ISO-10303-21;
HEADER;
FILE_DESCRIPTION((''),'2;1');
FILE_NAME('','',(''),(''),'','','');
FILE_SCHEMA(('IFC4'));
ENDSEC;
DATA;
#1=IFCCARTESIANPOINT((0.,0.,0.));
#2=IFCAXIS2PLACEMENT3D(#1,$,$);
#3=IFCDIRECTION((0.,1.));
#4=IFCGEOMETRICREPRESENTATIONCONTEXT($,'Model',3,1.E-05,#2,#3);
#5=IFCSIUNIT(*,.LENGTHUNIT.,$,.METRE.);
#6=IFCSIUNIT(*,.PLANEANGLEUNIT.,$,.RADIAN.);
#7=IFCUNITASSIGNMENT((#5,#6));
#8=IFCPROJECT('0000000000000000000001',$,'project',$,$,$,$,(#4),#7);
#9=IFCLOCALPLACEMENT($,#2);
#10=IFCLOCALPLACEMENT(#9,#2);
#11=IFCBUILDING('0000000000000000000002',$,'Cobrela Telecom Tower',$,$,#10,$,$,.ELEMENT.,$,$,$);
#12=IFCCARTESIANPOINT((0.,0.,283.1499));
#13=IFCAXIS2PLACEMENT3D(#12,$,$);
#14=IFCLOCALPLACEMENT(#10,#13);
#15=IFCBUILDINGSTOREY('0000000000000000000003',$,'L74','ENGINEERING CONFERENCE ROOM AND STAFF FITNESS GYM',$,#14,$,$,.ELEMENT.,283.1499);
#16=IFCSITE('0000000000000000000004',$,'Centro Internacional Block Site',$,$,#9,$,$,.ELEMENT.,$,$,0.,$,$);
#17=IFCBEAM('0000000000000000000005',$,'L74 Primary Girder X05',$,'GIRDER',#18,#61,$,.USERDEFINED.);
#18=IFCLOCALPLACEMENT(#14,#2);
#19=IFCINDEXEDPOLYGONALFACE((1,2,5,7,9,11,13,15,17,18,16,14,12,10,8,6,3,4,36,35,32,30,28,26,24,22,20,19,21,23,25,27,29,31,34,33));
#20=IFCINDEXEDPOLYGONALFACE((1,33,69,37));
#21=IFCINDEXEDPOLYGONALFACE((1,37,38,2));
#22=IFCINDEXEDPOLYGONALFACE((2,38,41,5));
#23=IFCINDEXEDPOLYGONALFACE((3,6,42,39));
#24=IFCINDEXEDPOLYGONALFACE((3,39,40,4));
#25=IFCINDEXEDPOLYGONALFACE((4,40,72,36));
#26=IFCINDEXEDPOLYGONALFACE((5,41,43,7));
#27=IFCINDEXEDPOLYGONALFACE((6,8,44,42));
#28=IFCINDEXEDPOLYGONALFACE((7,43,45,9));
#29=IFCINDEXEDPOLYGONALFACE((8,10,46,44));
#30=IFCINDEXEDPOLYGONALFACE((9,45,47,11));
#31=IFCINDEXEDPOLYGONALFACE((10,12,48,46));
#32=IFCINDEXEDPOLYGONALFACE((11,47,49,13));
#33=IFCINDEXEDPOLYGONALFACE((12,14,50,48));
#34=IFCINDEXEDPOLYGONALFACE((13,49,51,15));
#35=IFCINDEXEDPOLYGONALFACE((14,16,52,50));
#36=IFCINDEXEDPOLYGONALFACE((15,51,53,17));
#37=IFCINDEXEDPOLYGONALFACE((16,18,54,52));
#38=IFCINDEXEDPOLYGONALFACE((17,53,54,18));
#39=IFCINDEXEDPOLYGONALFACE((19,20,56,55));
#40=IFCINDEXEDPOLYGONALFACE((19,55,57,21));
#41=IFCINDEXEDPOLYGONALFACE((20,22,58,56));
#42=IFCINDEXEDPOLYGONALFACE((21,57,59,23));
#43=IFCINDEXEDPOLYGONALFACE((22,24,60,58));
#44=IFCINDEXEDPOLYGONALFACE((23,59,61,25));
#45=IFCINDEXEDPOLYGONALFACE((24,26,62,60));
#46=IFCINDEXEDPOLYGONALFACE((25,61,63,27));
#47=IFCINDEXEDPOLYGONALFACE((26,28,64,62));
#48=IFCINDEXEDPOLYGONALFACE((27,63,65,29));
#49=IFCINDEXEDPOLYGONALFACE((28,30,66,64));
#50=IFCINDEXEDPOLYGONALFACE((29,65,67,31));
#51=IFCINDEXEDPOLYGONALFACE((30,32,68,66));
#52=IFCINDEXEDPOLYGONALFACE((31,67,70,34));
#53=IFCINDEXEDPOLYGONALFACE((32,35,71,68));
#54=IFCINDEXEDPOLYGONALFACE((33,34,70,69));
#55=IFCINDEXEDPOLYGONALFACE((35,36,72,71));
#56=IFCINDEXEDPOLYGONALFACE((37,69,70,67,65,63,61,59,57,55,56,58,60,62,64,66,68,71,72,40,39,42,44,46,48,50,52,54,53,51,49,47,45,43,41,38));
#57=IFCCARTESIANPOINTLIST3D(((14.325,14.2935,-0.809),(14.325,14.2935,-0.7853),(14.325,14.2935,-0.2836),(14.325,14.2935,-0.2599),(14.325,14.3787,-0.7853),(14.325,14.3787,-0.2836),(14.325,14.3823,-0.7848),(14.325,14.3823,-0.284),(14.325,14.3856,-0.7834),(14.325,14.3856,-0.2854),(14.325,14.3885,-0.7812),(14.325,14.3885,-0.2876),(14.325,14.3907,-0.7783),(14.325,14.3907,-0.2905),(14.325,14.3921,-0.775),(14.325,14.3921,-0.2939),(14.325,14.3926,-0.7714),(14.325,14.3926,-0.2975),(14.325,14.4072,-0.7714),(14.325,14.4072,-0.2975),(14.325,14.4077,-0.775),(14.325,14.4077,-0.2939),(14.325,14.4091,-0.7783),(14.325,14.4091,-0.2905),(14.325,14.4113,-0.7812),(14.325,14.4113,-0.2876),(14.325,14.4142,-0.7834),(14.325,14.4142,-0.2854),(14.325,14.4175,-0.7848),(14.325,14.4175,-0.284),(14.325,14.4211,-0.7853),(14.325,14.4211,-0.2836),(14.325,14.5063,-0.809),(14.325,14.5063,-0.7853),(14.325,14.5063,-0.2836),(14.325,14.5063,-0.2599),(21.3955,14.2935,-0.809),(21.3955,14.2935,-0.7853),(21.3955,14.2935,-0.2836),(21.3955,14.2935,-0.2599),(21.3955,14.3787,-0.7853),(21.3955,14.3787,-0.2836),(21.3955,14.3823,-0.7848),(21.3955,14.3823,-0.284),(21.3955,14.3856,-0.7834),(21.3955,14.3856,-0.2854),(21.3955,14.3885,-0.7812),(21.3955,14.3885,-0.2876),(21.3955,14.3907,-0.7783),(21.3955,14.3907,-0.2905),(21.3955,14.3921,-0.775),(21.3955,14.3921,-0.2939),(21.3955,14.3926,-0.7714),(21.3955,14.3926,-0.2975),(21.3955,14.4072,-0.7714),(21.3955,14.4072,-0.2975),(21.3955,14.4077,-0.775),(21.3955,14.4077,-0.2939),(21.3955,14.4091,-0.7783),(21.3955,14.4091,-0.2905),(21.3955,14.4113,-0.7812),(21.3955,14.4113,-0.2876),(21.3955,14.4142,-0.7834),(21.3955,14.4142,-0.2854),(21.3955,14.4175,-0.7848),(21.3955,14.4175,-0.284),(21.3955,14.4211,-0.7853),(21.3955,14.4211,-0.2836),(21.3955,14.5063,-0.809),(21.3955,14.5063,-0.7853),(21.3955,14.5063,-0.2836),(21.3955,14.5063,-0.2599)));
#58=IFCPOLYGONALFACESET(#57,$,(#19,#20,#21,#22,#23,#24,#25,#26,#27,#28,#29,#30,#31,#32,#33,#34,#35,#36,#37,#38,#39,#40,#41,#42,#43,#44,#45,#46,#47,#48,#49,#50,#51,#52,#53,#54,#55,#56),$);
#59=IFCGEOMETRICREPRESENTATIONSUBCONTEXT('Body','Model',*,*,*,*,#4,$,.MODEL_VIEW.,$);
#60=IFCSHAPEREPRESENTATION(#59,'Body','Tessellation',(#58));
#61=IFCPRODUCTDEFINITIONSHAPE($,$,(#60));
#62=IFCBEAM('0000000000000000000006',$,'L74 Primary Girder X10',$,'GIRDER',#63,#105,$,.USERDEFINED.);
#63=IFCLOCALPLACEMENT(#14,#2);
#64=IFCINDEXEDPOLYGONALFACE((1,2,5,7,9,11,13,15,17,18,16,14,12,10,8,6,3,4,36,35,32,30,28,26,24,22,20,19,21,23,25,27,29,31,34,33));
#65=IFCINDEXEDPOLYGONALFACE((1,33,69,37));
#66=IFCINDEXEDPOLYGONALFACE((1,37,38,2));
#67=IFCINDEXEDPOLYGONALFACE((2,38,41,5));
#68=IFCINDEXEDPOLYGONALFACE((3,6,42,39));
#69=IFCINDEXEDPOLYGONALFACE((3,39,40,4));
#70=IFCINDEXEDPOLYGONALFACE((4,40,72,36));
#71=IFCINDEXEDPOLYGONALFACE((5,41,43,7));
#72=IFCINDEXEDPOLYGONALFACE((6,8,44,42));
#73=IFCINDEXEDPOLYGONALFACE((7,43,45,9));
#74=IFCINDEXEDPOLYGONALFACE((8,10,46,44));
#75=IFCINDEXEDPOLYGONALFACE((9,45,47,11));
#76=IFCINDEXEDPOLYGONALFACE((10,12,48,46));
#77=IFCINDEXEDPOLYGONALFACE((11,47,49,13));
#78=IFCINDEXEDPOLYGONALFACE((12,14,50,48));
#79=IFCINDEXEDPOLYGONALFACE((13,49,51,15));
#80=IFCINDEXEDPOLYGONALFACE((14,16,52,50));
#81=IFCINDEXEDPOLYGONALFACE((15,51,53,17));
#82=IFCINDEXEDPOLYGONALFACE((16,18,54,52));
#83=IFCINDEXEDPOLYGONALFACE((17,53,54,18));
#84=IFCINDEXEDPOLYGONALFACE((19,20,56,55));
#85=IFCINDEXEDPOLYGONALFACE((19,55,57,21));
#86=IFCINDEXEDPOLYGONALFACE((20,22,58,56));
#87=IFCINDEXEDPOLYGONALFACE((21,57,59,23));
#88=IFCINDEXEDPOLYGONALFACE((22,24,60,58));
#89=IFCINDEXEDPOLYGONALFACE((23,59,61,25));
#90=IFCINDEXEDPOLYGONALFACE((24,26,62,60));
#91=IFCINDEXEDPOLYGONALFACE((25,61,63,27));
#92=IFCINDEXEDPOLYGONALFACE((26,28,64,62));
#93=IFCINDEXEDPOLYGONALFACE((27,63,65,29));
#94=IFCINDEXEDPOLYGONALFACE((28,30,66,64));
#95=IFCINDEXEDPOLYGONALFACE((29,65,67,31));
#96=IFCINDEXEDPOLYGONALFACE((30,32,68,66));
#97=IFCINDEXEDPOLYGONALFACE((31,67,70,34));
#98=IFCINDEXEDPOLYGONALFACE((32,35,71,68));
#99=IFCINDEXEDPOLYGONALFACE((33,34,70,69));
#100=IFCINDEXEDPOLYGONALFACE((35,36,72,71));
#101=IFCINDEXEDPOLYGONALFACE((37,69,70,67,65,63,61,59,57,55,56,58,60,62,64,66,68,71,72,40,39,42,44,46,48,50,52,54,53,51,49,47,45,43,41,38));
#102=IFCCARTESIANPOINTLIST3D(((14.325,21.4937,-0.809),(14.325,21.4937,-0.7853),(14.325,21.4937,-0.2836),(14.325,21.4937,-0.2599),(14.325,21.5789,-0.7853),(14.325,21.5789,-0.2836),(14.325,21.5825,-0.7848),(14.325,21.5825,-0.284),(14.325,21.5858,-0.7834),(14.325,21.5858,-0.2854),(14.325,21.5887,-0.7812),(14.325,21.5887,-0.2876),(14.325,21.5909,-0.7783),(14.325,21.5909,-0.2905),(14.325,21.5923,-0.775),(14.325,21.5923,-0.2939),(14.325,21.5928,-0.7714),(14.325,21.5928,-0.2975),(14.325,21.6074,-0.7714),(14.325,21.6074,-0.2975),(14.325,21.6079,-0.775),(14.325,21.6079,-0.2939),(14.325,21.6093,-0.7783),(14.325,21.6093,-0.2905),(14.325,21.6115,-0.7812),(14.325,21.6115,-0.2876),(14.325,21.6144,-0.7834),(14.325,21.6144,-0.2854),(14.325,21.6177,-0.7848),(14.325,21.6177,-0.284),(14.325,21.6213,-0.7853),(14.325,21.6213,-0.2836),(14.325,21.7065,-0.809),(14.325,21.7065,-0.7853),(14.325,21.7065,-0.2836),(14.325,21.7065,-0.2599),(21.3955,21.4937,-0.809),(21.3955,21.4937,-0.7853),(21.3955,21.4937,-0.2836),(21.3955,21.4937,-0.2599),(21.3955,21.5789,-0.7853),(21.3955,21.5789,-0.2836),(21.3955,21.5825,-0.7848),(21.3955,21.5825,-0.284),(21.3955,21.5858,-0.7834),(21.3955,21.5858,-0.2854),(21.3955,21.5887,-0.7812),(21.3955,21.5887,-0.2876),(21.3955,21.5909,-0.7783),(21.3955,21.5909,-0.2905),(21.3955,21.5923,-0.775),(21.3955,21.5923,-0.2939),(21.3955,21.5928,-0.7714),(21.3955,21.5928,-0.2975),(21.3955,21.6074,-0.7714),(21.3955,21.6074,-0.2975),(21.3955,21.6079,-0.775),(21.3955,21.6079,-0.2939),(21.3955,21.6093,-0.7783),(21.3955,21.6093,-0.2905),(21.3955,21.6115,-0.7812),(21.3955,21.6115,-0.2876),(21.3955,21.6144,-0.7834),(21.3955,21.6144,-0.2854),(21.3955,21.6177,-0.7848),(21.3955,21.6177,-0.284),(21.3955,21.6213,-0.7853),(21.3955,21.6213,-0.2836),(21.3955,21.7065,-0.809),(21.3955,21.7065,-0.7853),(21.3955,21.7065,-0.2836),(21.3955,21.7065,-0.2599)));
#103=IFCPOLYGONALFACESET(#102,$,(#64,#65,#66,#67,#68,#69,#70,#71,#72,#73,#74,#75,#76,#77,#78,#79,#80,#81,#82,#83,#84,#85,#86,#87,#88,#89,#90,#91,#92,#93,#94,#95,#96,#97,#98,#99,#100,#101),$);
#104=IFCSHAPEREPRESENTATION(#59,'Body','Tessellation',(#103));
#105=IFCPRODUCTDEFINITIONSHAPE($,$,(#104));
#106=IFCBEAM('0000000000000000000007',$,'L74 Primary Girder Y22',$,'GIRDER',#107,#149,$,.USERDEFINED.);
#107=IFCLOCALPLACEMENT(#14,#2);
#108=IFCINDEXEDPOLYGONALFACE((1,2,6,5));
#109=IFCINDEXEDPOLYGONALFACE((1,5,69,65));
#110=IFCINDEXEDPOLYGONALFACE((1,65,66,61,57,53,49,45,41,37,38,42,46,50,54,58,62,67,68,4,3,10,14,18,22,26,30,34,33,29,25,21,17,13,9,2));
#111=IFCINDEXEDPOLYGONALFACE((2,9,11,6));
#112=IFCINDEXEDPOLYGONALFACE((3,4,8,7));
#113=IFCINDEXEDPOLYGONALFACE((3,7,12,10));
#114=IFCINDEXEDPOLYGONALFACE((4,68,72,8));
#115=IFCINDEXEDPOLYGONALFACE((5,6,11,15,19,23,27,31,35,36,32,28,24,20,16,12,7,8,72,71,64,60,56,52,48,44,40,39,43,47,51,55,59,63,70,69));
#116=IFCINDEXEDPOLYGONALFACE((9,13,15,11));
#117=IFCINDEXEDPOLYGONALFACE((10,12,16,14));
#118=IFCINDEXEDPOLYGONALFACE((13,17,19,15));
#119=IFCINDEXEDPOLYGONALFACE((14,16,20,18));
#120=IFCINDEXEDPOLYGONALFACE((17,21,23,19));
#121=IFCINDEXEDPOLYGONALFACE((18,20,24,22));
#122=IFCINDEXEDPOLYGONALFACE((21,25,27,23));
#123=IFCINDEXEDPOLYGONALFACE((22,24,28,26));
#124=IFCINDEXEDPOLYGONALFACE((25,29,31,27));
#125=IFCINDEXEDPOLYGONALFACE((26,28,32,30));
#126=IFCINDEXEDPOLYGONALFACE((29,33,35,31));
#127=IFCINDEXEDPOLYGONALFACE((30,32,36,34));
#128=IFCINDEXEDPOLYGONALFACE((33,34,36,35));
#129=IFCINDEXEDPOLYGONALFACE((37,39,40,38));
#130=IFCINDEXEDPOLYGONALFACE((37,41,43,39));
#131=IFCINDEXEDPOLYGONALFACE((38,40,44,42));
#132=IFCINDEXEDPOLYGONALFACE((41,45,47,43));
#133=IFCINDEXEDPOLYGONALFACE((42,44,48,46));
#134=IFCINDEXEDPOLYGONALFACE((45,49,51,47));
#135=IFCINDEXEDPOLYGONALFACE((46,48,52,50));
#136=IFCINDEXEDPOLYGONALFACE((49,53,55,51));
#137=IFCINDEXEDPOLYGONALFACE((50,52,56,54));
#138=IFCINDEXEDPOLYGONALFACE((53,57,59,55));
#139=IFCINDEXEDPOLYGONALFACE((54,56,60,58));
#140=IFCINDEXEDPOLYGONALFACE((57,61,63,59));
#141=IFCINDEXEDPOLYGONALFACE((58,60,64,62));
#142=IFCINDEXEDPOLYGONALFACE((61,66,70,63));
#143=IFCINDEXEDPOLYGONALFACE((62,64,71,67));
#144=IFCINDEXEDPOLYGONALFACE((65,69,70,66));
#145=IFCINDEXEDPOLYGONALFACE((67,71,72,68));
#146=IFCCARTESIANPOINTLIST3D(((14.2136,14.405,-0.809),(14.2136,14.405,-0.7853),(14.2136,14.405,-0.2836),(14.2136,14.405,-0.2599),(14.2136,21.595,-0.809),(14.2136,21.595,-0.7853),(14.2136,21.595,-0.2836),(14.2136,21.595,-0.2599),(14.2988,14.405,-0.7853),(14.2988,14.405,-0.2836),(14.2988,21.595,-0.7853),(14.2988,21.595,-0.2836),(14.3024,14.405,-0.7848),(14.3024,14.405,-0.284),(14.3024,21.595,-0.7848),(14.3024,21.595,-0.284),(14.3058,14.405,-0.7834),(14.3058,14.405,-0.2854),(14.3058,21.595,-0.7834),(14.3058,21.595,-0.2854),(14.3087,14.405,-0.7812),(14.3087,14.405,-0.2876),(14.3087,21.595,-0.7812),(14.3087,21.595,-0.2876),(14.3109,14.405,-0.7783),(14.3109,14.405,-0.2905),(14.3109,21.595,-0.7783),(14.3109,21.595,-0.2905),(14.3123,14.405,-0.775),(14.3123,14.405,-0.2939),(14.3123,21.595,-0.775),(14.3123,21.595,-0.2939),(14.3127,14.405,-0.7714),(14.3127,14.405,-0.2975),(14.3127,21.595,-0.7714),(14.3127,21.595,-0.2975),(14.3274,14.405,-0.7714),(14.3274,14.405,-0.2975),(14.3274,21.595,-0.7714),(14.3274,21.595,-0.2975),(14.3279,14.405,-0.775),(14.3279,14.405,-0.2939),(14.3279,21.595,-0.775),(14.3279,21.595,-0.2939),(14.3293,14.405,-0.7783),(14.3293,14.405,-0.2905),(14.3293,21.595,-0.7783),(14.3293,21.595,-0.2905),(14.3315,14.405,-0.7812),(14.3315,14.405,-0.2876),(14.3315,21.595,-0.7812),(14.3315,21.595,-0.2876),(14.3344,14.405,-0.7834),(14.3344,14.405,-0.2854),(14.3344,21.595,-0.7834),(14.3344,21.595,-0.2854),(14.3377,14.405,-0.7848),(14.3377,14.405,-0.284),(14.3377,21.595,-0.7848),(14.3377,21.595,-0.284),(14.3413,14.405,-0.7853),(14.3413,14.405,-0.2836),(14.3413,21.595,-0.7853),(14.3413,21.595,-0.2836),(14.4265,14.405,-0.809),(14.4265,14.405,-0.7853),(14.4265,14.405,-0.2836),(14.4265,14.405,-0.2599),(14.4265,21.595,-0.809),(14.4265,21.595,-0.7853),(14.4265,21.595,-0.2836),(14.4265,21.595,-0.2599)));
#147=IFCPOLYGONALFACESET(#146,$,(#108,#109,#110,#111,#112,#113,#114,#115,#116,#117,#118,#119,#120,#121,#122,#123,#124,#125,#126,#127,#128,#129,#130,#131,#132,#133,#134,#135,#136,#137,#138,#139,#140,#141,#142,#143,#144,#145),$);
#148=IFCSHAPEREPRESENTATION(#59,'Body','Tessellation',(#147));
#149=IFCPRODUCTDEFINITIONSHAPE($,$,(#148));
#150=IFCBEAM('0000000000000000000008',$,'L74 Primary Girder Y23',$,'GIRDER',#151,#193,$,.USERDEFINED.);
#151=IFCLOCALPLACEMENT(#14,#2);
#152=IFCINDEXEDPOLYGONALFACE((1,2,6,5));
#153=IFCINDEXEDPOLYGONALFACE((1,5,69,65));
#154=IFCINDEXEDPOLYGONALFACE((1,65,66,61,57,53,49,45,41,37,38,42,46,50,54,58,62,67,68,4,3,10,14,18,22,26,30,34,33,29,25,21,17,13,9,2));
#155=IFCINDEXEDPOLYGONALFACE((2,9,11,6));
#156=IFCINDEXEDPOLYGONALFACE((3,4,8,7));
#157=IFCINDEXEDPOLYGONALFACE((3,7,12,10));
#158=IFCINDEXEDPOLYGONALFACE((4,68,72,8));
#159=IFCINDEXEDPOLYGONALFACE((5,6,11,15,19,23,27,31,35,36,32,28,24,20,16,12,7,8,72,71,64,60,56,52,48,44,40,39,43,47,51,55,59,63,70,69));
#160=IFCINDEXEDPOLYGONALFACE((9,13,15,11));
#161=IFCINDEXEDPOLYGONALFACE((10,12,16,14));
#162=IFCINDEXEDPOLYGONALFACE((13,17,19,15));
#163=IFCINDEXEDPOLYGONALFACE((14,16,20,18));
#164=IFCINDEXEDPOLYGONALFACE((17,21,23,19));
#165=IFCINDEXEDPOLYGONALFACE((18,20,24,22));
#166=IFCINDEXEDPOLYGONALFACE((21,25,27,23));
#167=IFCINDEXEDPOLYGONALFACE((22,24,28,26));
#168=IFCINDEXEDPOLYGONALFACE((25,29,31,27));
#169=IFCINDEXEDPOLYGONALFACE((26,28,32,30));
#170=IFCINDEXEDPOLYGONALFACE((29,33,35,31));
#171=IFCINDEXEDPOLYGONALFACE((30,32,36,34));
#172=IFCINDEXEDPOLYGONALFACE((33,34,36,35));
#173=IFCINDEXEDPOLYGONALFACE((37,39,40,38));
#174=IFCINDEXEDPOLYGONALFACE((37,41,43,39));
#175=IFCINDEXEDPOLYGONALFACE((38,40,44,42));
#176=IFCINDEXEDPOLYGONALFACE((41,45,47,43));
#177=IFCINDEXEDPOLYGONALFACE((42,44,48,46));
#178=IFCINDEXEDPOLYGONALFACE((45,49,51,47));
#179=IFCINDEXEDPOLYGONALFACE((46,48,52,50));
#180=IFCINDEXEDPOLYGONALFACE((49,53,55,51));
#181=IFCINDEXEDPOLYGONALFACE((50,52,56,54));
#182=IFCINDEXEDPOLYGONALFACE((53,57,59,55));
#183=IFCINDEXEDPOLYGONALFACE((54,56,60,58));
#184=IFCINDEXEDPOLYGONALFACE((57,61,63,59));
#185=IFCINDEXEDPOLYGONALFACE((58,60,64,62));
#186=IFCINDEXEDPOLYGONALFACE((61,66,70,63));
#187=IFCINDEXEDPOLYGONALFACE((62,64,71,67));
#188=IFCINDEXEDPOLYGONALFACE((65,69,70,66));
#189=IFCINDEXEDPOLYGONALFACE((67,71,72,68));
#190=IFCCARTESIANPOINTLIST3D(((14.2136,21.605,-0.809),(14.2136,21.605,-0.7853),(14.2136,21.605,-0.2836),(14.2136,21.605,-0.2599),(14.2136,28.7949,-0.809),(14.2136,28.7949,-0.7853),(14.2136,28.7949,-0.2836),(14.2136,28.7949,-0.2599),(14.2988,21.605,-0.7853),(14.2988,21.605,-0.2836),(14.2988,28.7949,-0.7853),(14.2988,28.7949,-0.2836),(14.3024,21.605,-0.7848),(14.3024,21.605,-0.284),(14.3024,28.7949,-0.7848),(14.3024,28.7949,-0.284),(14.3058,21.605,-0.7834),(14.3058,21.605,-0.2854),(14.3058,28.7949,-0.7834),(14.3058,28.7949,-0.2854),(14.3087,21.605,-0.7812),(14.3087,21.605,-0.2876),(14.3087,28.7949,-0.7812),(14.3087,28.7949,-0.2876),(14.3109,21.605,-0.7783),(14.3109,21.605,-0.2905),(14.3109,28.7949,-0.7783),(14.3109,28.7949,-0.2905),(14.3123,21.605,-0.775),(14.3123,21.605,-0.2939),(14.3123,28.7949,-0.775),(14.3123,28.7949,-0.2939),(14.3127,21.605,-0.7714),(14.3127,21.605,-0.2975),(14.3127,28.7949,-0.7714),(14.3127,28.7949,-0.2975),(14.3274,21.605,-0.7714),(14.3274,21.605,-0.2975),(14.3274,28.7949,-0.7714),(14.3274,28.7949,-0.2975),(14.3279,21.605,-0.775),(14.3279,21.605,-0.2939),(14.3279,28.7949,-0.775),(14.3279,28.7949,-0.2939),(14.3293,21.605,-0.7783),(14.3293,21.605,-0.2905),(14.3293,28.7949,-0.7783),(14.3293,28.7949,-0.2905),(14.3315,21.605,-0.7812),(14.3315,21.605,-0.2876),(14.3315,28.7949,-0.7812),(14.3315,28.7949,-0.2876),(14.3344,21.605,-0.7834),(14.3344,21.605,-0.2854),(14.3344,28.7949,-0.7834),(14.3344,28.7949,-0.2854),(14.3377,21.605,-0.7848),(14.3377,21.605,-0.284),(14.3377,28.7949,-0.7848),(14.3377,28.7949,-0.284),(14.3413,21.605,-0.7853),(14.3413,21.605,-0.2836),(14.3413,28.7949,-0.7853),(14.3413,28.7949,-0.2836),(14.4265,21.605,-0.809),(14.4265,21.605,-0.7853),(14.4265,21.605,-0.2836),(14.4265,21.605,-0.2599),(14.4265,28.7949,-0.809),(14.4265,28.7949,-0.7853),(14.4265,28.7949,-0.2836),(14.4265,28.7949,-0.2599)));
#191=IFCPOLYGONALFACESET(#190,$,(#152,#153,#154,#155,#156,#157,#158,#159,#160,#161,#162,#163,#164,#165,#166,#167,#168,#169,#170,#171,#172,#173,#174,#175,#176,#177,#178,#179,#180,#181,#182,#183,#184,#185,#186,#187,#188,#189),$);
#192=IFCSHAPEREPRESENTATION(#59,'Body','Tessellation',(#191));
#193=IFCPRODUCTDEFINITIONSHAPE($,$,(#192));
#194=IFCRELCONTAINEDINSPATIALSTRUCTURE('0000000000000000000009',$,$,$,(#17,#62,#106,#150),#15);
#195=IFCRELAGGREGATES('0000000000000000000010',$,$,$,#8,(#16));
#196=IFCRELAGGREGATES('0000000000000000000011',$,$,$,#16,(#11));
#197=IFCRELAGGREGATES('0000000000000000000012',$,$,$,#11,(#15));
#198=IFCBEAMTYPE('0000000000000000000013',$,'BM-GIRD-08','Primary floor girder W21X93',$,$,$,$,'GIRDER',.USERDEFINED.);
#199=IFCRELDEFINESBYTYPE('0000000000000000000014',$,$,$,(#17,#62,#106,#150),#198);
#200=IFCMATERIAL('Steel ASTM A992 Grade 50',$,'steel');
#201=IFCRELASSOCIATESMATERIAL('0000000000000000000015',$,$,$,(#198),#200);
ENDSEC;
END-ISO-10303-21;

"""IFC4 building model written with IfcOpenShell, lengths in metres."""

from ifc_helpers import new_model, si_unit, direction, frame, origin, origin_2d, place, context, subcontext, project, spatial, i_section, extrude, material, material_profile, profile_set, type_object, element, save


model = new_model("IFC4")

# Units and contexts
model_context = context("Model", 3, precision=1e-05, world=origin(), true_north=direction((0.0, 1.0)))
body_context = subcontext(model_context, "Body", "Model", "MODEL_VIEW")
ifc_project = project(units=[si_unit("LENGTHUNIT", "METRE"), si_unit("PLANEANGLEUNIT", "RADIAN")], contexts=[model_context])

# Site, building, storey
site_placement = place(None, origin())
site = spatial("IfcSite", under=ifc_project, at=site_placement, Name="Centro Internacional Block Site", CompositionType="ELEMENT", RefElevation=0.0)
building_placement = place(site_placement, origin())
building = spatial("IfcBuilding", under=site, at=building_placement, Name="Cobrela Telecom Tower", CompositionType="ELEMENT")
storey_placement = place(building_placement, frame((0.0, 0.0, 283.1499)))
storey = spatial("IfcBuildingStorey", under=building, at=storey_placement, Name="L74", Description="ENGINEERING CONFERENCE ROOM AND STAFF FITNESS GYM", CompositionType="ELEMENT", Elevation=283.1499)

# Beams
ifc_material_1 = material(Name="Steel ASTM A992 Grade 50", Category="steel")
ifc_material_profile_1 = material_profile(ifc_material_1, i_section(OverallWidth=0.2129, OverallDepth=0.5491, WebThickness=0.0146, FlangeThickness=0.0237, FilletRadius=0.0139, at=origin_2d()), Name="W21X93")
ifc_profile_set_1 = profile_set([ifc_material_profile_1], Name="Steel ASTM A992 Grade 50")
beam_type_1 = type_object("IfcBeamType", Name="BM-GIRD-08", Description="Primary floor girder W21X93", ElementType="GIRDER", PredefinedType="USERDEFINED", material=ifc_profile_set_1)
for number, where, z_axis, x_axis, name in (
    (1, (14.325, 14.3999, -0.5344), (1.0, 0.0, 0.0), (0.0, 1.0, 0.0), "L74 Primary Girder X05"),
    (2, (14.325, 21.6001, -0.5344), (1.0, 0.0, 0.0), (0.0, 1.0, 0.0), "L74 Primary Girder X10"),
):
    element("IfcBeam", number, at=place(storey_placement, frame(where, z_axis=z_axis, x_axis=x_axis)), inside=storey, type_object=beam_type_1, Name=name, ObjectType="GIRDER", PredefinedType="USERDEFINED", context=body_context, shape_type="SweptSolid", body=[
        extrude(i_section(OverallWidth=0.2129, OverallDepth=0.5491, WebThickness=0.0146, FlangeThickness=0.0237, FilletRadius=0.0139, at=origin_2d()), origin(), (0.0, 0.0, 1.0), 7.0706),
    ])
for number, where, z_axis, x_axis, name in (
    (3, (14.3201, 14.405, -0.5344), (0.0, 1.0, 0.0), (-1.0, 0.0, 0.0), "L74 Primary Girder Y22"),
    (4, (14.3201, 21.605, -0.5344), (0.0, 1.0, 0.0), (-1.0, 0.0, 0.0), "L74 Primary Girder Y23"),
):
    element("IfcBeam", number, at=place(storey_placement, frame(where, z_axis=z_axis, x_axis=x_axis)), inside=storey, type_object=beam_type_1, Name=name, ObjectType="GIRDER", PredefinedType="USERDEFINED", context=body_context, shape_type="SweptSolid", body=[
        extrude(i_section(OverallWidth=0.2129, OverallDepth=0.5491, WebThickness=0.0146, FlangeThickness=0.0237, FilletRadius=0.0139, at=origin_2d()), origin(), (0.0, 0.0, 1.0), 7.1899),
    ])

save(model, "model.ifc")
